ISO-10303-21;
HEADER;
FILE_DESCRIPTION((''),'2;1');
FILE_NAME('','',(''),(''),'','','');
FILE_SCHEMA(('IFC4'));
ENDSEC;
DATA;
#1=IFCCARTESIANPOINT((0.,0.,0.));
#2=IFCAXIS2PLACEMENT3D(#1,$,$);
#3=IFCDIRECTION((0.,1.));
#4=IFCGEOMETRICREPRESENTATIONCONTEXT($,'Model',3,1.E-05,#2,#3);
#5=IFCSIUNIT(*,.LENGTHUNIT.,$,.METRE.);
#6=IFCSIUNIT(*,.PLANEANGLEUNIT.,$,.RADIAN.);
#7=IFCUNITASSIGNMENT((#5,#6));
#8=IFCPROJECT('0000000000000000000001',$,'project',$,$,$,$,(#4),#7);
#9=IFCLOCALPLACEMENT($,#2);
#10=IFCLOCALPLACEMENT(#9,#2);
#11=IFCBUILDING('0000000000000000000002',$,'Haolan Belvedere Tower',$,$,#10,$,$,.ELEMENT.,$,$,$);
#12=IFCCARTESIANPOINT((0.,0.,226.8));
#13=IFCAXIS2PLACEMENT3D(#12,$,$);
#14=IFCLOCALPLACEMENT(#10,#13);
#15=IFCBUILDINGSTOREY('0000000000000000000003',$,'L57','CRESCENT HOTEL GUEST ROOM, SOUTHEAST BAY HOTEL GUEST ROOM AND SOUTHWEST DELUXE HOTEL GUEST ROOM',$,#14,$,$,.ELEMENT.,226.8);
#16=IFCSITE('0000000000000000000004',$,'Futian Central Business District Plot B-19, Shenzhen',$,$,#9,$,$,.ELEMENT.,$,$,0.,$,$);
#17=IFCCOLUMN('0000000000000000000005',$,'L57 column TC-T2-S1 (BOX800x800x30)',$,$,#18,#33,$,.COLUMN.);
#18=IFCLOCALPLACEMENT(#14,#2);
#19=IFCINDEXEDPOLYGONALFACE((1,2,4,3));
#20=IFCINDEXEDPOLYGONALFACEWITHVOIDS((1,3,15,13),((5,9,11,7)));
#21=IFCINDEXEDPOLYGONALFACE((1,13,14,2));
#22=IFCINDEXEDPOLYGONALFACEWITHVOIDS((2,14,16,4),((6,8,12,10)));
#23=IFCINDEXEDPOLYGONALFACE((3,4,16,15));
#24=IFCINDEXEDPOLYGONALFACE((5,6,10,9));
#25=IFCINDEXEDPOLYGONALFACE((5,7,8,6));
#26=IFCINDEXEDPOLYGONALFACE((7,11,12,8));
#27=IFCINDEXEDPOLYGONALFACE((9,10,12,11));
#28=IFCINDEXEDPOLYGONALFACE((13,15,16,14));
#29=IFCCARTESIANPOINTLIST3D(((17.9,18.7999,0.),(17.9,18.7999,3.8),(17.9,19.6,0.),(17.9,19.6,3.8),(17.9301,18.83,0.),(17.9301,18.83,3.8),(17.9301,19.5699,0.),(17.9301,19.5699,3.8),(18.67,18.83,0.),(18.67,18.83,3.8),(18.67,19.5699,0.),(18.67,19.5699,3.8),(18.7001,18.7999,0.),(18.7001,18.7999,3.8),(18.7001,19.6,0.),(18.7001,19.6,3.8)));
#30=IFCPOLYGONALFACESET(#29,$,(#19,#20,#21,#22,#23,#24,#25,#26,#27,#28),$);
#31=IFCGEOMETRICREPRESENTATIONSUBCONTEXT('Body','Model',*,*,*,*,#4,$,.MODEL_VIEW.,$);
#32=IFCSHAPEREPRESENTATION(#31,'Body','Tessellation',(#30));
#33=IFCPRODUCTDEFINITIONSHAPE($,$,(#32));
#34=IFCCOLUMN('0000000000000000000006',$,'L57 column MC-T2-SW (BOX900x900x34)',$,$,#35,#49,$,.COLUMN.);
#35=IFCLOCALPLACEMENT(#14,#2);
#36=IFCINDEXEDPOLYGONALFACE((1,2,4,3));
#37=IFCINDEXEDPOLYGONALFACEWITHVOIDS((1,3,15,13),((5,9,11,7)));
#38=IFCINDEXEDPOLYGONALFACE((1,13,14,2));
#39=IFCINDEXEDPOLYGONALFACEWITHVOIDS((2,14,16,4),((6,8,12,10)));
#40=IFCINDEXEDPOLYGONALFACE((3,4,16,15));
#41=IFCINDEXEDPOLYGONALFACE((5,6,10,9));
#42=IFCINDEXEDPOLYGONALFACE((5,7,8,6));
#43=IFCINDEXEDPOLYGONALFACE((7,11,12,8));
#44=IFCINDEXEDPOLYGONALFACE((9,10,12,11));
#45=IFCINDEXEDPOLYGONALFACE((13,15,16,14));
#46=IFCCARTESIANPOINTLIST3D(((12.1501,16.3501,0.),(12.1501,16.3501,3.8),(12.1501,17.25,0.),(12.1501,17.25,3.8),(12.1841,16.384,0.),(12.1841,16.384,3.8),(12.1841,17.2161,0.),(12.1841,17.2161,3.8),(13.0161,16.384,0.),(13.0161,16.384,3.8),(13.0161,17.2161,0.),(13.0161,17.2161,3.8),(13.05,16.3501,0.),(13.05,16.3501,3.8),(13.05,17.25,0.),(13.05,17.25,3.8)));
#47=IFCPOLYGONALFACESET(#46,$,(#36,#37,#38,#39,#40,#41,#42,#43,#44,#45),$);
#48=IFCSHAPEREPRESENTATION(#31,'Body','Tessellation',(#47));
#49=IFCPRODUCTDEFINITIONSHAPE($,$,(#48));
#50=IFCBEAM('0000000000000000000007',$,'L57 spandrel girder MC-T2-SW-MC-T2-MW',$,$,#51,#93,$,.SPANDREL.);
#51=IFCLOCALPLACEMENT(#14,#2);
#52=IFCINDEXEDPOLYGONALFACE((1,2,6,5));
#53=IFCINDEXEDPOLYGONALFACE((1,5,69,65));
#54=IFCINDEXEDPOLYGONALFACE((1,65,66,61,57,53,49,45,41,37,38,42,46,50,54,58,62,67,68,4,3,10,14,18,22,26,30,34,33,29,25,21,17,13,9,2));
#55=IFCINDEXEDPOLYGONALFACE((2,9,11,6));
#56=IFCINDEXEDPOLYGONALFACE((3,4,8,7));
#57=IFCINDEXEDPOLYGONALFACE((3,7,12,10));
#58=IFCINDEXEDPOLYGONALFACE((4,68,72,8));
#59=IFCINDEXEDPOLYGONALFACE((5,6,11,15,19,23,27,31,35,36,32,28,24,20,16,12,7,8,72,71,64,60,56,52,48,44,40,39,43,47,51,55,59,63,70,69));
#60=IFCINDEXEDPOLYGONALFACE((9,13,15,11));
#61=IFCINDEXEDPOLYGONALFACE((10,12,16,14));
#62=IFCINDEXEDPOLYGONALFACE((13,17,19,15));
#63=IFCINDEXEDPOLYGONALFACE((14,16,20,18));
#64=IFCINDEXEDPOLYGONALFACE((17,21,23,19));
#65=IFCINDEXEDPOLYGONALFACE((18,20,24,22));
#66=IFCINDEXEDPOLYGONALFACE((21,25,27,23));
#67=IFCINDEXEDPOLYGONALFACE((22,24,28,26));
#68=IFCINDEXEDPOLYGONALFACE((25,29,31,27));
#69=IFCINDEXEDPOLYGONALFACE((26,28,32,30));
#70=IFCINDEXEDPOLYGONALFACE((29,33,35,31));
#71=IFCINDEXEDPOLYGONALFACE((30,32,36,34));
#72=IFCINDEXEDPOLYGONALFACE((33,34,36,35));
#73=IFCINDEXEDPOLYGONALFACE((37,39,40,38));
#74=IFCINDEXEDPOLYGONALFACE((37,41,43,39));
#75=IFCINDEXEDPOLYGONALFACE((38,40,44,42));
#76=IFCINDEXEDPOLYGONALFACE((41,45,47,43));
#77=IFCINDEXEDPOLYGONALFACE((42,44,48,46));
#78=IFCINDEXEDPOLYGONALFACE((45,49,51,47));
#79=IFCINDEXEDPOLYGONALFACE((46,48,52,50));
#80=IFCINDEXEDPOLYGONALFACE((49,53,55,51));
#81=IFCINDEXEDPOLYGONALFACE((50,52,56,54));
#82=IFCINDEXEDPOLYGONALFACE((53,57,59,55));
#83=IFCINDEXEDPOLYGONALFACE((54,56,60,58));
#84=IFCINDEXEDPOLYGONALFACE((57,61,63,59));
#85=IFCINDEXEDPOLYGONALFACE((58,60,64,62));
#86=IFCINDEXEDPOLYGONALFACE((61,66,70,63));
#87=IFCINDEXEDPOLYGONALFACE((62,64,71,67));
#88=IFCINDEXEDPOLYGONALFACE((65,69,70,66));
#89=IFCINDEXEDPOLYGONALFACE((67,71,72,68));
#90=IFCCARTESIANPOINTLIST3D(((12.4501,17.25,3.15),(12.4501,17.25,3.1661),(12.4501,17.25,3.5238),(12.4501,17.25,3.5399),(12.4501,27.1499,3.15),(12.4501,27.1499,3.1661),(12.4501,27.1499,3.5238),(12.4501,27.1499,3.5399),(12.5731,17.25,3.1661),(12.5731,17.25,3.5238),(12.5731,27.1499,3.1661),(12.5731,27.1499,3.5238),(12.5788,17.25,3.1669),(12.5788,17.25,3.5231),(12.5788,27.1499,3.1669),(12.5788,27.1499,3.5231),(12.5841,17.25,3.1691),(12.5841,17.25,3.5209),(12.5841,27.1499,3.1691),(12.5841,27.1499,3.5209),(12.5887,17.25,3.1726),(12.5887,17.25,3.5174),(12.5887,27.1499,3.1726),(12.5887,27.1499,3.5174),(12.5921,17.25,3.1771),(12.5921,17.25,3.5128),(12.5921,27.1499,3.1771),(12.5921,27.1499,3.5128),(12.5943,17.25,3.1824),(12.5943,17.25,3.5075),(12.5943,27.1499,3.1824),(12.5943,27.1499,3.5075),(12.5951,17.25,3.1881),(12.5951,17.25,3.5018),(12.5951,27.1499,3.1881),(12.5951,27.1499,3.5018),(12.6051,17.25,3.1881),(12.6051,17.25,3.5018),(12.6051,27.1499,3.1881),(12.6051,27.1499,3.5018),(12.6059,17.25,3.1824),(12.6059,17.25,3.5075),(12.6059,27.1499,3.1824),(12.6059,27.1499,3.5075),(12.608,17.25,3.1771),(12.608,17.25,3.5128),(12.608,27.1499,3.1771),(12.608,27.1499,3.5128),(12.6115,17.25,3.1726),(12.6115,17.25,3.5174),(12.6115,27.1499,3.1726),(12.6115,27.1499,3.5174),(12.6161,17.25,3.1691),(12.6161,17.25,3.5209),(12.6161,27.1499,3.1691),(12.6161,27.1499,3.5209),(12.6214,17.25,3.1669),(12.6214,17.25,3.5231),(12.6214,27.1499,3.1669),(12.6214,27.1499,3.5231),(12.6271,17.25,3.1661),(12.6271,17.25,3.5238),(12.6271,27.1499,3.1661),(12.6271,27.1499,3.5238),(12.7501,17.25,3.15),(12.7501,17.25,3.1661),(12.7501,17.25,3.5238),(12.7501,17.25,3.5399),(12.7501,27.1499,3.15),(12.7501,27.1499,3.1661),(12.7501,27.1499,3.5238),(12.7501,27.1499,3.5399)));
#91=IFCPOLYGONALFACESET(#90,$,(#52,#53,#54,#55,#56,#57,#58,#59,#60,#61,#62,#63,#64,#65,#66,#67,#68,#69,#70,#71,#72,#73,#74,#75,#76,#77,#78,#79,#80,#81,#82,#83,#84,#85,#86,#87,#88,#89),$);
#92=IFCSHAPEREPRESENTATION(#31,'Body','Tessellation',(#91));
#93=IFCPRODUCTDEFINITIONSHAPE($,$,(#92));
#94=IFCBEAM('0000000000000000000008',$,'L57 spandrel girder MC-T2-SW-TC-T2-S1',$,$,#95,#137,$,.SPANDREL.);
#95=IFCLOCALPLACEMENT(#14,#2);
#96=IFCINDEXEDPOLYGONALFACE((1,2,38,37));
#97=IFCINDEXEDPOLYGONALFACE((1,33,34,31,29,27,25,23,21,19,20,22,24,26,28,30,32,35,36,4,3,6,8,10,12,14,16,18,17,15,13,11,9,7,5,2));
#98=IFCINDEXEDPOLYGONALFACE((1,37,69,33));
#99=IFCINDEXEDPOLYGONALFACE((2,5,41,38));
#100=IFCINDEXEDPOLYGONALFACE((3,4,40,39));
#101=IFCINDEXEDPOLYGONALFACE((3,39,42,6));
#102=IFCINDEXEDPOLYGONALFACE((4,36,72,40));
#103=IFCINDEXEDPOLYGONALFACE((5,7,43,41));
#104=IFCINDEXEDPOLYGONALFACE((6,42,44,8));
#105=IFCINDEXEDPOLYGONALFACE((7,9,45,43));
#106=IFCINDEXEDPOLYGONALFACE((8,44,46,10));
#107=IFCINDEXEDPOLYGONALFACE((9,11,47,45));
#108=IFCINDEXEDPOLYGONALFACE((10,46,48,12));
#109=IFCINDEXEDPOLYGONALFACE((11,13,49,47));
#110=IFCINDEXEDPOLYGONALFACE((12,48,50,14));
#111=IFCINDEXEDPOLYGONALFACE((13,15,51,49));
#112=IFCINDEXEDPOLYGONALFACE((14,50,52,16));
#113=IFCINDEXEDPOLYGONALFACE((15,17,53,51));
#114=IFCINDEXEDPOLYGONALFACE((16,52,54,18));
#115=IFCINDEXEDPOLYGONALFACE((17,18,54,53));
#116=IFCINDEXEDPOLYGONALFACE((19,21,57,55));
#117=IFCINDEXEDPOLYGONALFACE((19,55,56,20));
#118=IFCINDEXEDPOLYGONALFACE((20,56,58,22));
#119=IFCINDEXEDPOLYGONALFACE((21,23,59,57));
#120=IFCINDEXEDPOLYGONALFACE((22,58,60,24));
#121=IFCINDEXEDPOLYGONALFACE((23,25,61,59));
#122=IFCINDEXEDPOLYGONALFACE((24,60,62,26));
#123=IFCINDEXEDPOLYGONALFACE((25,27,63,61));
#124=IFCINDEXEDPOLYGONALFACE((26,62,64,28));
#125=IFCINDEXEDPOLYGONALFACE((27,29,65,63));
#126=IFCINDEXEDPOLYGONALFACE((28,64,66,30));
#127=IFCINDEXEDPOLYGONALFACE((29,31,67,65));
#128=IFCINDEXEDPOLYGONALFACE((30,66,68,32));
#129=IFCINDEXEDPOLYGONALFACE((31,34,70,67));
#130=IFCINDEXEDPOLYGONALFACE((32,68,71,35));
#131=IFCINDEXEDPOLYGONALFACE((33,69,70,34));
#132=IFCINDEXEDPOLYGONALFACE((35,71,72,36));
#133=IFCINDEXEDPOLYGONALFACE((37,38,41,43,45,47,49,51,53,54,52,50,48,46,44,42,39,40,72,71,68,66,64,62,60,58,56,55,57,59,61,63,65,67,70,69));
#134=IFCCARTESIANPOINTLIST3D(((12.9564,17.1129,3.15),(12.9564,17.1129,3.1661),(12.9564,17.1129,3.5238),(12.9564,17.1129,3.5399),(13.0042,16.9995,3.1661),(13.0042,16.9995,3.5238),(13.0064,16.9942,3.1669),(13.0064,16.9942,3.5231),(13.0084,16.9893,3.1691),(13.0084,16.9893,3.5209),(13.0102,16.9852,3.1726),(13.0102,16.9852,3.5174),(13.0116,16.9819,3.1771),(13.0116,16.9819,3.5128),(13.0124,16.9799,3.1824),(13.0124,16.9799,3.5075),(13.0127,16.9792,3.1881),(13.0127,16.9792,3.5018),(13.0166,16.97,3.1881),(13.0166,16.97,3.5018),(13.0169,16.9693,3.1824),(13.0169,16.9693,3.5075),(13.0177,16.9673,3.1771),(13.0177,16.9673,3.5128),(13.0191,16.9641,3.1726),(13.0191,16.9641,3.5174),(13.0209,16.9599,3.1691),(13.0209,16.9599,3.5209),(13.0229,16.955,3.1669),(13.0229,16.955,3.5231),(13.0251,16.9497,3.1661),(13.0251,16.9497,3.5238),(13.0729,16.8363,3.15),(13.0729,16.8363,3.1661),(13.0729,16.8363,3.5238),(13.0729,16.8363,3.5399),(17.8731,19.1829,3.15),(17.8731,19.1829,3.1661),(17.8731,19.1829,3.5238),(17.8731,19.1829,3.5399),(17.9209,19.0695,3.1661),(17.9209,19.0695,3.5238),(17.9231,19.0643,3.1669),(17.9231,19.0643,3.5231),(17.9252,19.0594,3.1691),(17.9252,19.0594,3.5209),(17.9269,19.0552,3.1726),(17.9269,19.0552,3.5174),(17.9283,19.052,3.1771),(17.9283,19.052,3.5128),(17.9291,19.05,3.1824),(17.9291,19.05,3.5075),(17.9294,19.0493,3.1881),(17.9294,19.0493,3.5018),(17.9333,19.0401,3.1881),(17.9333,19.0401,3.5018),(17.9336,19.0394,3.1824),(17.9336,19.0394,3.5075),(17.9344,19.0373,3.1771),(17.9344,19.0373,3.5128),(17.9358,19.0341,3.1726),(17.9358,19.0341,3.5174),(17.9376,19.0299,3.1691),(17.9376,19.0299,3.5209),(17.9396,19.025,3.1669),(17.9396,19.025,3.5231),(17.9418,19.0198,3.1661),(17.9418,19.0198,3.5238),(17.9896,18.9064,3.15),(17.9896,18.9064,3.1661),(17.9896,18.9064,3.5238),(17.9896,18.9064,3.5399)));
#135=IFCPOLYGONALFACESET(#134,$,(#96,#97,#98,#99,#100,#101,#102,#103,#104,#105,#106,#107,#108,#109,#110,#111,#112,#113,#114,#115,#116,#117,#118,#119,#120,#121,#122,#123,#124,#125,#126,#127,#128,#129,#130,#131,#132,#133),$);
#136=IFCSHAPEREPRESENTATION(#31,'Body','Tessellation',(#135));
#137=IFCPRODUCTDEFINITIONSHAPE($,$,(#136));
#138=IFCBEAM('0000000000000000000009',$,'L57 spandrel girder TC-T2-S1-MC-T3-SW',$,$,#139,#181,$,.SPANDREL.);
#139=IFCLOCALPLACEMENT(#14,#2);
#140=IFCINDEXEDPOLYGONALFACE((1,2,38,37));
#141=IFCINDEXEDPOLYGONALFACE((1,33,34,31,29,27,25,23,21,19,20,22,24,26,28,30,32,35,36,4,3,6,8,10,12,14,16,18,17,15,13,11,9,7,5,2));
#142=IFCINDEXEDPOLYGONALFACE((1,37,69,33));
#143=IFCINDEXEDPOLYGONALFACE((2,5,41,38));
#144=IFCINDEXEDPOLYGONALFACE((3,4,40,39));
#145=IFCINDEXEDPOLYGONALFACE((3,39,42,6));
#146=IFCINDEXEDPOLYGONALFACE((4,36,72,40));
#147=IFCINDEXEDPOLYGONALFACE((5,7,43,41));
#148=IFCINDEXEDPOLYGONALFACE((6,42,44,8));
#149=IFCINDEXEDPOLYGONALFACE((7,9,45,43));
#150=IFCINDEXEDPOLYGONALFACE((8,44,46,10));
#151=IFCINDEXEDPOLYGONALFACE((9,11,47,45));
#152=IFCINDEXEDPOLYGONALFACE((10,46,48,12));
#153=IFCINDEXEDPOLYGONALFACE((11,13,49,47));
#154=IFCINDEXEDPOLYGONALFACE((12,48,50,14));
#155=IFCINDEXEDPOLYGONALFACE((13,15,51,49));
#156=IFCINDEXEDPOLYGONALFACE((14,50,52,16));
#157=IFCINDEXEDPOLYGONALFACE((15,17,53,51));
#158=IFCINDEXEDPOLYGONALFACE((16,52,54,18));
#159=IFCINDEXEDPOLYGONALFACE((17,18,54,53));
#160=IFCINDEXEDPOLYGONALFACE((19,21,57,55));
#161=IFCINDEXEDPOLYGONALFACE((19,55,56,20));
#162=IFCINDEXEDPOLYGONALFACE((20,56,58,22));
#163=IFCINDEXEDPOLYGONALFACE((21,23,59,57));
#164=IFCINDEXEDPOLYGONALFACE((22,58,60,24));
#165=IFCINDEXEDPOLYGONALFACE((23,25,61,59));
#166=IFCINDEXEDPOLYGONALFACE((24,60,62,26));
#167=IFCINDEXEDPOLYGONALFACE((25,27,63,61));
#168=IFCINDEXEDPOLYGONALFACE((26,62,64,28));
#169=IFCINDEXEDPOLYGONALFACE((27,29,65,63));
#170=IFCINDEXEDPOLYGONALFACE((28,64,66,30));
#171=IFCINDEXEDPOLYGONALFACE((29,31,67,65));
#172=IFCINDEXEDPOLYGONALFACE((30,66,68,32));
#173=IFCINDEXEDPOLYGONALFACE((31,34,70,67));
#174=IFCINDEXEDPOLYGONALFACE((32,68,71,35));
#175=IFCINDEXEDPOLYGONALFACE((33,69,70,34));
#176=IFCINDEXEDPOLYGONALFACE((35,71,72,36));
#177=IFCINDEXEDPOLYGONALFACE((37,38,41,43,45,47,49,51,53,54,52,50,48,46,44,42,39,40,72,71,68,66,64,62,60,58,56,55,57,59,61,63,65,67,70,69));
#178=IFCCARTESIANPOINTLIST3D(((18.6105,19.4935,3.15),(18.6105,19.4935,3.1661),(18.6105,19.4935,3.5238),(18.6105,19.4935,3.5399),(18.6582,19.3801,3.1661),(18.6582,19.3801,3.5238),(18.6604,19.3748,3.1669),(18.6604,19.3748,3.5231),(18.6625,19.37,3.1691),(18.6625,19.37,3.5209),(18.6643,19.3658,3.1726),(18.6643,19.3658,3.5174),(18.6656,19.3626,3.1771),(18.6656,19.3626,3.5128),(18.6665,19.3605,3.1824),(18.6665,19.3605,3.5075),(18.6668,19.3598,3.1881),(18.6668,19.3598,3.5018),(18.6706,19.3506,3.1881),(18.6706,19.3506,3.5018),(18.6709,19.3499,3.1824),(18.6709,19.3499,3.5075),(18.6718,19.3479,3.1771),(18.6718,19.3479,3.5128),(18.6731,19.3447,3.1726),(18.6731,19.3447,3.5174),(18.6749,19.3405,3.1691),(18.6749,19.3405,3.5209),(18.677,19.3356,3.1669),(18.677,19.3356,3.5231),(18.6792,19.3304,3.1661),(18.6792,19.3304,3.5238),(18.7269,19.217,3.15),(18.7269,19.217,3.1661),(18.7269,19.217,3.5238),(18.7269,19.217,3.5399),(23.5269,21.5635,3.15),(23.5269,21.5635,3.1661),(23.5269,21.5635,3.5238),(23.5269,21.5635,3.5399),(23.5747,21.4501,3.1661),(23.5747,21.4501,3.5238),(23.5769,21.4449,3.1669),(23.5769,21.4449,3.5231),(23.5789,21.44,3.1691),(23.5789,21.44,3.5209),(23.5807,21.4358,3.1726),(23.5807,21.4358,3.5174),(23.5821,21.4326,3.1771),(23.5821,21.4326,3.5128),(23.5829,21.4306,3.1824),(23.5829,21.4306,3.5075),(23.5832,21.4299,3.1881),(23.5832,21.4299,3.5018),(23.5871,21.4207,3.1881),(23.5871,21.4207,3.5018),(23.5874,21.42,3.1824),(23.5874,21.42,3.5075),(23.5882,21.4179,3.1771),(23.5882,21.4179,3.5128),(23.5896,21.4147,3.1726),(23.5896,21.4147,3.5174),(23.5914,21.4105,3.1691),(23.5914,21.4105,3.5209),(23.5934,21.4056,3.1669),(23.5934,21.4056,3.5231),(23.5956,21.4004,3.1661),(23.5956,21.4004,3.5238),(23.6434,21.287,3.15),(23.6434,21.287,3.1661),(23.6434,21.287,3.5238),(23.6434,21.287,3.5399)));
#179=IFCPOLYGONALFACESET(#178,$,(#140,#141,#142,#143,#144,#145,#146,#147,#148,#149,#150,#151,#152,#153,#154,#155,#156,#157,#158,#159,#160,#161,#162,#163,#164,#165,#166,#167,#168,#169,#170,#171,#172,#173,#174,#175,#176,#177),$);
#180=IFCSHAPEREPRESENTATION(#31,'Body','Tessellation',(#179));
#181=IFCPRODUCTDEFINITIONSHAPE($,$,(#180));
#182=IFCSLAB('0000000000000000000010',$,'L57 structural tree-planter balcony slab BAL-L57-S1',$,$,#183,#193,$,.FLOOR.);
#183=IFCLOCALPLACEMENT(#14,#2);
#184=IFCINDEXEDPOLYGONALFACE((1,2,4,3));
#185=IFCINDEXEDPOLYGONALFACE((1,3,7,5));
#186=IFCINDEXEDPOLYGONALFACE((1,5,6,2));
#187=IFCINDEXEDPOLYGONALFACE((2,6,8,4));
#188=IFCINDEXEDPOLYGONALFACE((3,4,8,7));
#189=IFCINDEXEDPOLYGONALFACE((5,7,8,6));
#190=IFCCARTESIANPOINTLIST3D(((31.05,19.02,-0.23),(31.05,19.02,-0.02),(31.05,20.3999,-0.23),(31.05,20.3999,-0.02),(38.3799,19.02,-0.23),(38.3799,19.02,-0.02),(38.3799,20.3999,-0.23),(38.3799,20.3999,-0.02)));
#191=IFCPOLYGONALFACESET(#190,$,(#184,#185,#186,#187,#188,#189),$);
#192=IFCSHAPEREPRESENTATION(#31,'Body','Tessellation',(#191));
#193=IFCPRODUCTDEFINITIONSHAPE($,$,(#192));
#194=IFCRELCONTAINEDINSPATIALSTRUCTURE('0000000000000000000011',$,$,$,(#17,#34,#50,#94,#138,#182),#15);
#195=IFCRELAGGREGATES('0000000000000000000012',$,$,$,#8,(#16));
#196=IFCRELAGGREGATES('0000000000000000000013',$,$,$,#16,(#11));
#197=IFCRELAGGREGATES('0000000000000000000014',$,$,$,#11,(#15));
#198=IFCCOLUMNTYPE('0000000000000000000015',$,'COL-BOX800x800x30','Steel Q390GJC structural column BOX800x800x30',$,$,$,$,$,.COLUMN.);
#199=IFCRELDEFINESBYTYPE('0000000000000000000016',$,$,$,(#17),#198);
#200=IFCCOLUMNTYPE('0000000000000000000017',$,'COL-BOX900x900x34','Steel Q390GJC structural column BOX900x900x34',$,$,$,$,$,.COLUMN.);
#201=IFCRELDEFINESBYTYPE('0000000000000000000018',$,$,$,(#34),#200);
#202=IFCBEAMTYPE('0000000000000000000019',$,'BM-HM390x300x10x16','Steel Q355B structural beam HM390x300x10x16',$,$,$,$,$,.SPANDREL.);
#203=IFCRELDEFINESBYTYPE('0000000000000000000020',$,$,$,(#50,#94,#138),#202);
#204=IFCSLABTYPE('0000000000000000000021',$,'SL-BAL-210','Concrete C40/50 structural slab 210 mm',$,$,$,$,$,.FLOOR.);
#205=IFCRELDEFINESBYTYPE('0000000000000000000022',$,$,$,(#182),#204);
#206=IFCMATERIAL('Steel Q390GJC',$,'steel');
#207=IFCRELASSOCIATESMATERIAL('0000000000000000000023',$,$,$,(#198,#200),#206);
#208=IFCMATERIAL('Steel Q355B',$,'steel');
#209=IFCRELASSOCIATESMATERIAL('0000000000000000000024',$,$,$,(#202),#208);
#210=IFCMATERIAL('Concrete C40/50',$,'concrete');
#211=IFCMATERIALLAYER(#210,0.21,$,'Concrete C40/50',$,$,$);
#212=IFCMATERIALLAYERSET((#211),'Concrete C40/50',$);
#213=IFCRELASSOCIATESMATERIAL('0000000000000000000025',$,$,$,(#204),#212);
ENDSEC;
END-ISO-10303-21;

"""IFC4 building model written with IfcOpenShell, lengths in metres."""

from ifc_helpers import new_model, si_unit, direction, frame, origin, origin_2d, place, context, subcontext, project, spatial, polyline, hollow_rectangle, i_section, outline, extrude, material, layer, layer_set, material_profile, profile_set, type_object, element, save


model = new_model("IFC4")

# Units and contexts
model_context = context("Model", 3, precision=1e-05, world=origin(), true_north=direction((0.0, 1.0)))
body_context = subcontext(model_context, "Body", "Model", "MODEL_VIEW")
ifc_project = project(units=[si_unit("LENGTHUNIT", "METRE"), si_unit("PLANEANGLEUNIT", "RADIAN")], contexts=[model_context])

# Site, building, storey
site_placement = place(None, origin())
site = spatial("IfcSite", under=ifc_project, at=site_placement, Name="Futian Central Business District Plot B-19, Shenzhen", CompositionType="ELEMENT", RefElevation=0.0)
building_placement = place(site_placement, origin())
building = spatial("IfcBuilding", under=site, at=building_placement, Name="Haolan Belvedere Tower", CompositionType="ELEMENT")
storey_placement = place(building_placement, frame((0.0, 0.0, 226.8)))
storey = spatial("IfcBuildingStorey", under=building, at=storey_placement, Name="L57", Description="CRESCENT HOTEL GUEST ROOM, SOUTHEAST BAY HOTEL GUEST ROOM AND SOUTHWEST DELUXE HOTEL GUEST ROOM", CompositionType="ELEMENT", Elevation=226.8)

# Columns
ifc_material_1 = material(Name="Steel Q390GJC", Category="steel")
ifc_material_profile_1 = material_profile(ifc_material_1, hollow_rectangle(XDim=0.8, YDim=0.8, WallThickness=0.03, at=origin_2d()), Name="Steel Q390GJC")
ifc_profile_set_1 = profile_set([ifc_material_profile_1], Name="Steel Q390GJC")
column_type_1 = type_object("IfcColumnType", Name="COL-BOX800x800x30", Description="Steel Q390GJC structural column BOX800x800x30", PredefinedType="COLUMN", material=ifc_profile_set_1)
column_1_placement = place(storey_placement, frame((18.3, 19.2, 0.0), z_axis=(0.0, 0.0, 1.0), x_axis=(1.0, 0.0, 0.0)))
element("IfcColumn", 1, at=column_1_placement, inside=storey, type_object=column_type_1, Name="L57 column TC-T2-S1 (BOX800x800x30)", PredefinedType="COLUMN", context=body_context, shape_type="SweptSolid", body=[
    extrude(hollow_rectangle(XDim=0.8, YDim=0.8, WallThickness=0.03, at=origin_2d()), origin(), (0.0, 0.0, 1.0), 3.8),
])
ifc_material_profile_2 = material_profile(ifc_material_1, hollow_rectangle(XDim=0.8999, YDim=0.8999, WallThickness=0.0339, at=origin_2d()), Name="Steel Q390GJC")
ifc_profile_set_2 = profile_set([ifc_material_profile_2], Name="Steel Q390GJC")
column_type_2 = type_object("IfcColumnType", Name="COL-BOX900x900x34", Description="Steel Q390GJC structural column BOX900x900x34", PredefinedType="COLUMN", material=ifc_profile_set_2)
column_2_placement = place(storey_placement, frame((12.6001, 16.8, 0.0), z_axis=(0.0, 0.0, 1.0), x_axis=(1.0, 0.0, 0.0)))
element("IfcColumn", 2, at=column_2_placement, inside=storey, type_object=column_type_2, Name="L57 column MC-T2-SW (BOX900x900x34)", PredefinedType="COLUMN", context=body_context, shape_type="SweptSolid", body=[
    extrude(hollow_rectangle(XDim=0.8999, YDim=0.8999, WallThickness=0.0339, at=origin_2d()), origin(), (0.0, 0.0, 1.0), 3.8),
])

# Beams
ifc_material_2 = material(Name="Steel Q355B", Category="steel")
ifc_material_profile_3 = material_profile(ifc_material_2, i_section(OverallWidth=0.3, OverallDepth=0.3899, WebThickness=0.01, FlangeThickness=0.0161, FilletRadius=0.022, at=origin_2d()), Name="Steel Q355B")
ifc_profile_set_3 = profile_set([ifc_material_profile_3], Name="Steel Q355B")
beam_type = type_object("IfcBeamType", Name="BM-HM390x300x10x16", Description="Steel Q355B structural beam HM390x300x10x16", PredefinedType="SPANDREL", material=ifc_profile_set_3)
beam_1_placement = place(storey_placement, frame((12.6001, 17.25, 3.345), z_axis=(0.0, 1.0, 0.0), x_axis=(-1.0, 0.0, 0.0)))
element("IfcBeam", 3, at=beam_1_placement, inside=storey, type_object=beam_type, Name="L57 spandrel girder MC-T2-SW-MC-T2-MW", PredefinedType="SPANDREL", context=body_context, shape_type="SweptSolid", body=[
    extrude(i_section(OverallWidth=0.3, OverallDepth=0.3899, WebThickness=0.01, FlangeThickness=0.0161, FilletRadius=0.022, at=origin_2d()), origin(), (0.0, 0.0, 1.0), 9.8999),
])
beam_2_placement = place(storey_placement, frame((13.0146, 16.9746, 3.345), z_axis=(0.921645, 0.388034, 0.0), x_axis=(-0.388034, 0.921645, 0.0)))
element("IfcBeam", 4, at=beam_2_placement, inside=storey, type_object=beam_type, Name="L57 spandrel girder MC-T2-SW-TC-T2-S1", PredefinedType="SPANDREL", context=body_context, shape_type="SweptSolid", body=[
    extrude(i_section(OverallWidth=0.3, OverallDepth=0.3899, WebThickness=0.01, FlangeThickness=0.0161, FilletRadius=0.022, at=origin_2d()), origin(), (0.0, 0.0, 1.0), 5.3347),
])
beam_3_placement = place(storey_placement, frame((18.6687, 19.3552, 3.345), z_axis=(0.921638, 0.388051, 0.0), x_axis=(-0.388051, 0.921638, 0.0)))
element("IfcBeam", 5, at=beam_3_placement, inside=storey, type_object=beam_type, Name="L57 spandrel girder TC-T2-S1-MC-T3-SW", PredefinedType="SPANDREL", context=body_context, shape_type="SweptSolid", body=[
    extrude(i_section(OverallWidth=0.3, OverallDepth=0.3899, WebThickness=0.01, FlangeThickness=0.0161, FilletRadius=0.022, at=origin_2d()), origin(), (0.0, 0.0, 1.0), 5.3345),
])

# Slab
ifc_material_3 = material(Name="Concrete C40/50", Category="concrete")
ifc_layer_1 = layer(ifc_material_3, 0.21, Name="Concrete C40/50")
ifc_layer_set_1 = layer_set([ifc_layer_1], Name="Concrete C40/50")
slab_type_1 = type_object("IfcSlabType", Name="SL-BAL-210", Description="Concrete C40/50 structural slab 210 mm", PredefinedType="FLOOR", material=ifc_layer_set_1)
slab_1_placement = place(storey_placement, frame((0.0, 0.0, -0.23)))
element("IfcSlab", 6, at=slab_1_placement, inside=storey, type_object=slab_type_1, Name="L57 structural tree-planter balcony slab BAL-L57-S1", PredefinedType="FLOOR", context=body_context, shape_type="SweptSolid", body=[
    extrude(outline(polyline([(31.05, 19.02), (38.3799, 19.02), (38.3799, 20.3999), (31.05, 20.3999), (31.05, 19.02)])), origin(), (0.0, 0.0, 1.0), 0.21),
])

save(model, "model.ifc")
